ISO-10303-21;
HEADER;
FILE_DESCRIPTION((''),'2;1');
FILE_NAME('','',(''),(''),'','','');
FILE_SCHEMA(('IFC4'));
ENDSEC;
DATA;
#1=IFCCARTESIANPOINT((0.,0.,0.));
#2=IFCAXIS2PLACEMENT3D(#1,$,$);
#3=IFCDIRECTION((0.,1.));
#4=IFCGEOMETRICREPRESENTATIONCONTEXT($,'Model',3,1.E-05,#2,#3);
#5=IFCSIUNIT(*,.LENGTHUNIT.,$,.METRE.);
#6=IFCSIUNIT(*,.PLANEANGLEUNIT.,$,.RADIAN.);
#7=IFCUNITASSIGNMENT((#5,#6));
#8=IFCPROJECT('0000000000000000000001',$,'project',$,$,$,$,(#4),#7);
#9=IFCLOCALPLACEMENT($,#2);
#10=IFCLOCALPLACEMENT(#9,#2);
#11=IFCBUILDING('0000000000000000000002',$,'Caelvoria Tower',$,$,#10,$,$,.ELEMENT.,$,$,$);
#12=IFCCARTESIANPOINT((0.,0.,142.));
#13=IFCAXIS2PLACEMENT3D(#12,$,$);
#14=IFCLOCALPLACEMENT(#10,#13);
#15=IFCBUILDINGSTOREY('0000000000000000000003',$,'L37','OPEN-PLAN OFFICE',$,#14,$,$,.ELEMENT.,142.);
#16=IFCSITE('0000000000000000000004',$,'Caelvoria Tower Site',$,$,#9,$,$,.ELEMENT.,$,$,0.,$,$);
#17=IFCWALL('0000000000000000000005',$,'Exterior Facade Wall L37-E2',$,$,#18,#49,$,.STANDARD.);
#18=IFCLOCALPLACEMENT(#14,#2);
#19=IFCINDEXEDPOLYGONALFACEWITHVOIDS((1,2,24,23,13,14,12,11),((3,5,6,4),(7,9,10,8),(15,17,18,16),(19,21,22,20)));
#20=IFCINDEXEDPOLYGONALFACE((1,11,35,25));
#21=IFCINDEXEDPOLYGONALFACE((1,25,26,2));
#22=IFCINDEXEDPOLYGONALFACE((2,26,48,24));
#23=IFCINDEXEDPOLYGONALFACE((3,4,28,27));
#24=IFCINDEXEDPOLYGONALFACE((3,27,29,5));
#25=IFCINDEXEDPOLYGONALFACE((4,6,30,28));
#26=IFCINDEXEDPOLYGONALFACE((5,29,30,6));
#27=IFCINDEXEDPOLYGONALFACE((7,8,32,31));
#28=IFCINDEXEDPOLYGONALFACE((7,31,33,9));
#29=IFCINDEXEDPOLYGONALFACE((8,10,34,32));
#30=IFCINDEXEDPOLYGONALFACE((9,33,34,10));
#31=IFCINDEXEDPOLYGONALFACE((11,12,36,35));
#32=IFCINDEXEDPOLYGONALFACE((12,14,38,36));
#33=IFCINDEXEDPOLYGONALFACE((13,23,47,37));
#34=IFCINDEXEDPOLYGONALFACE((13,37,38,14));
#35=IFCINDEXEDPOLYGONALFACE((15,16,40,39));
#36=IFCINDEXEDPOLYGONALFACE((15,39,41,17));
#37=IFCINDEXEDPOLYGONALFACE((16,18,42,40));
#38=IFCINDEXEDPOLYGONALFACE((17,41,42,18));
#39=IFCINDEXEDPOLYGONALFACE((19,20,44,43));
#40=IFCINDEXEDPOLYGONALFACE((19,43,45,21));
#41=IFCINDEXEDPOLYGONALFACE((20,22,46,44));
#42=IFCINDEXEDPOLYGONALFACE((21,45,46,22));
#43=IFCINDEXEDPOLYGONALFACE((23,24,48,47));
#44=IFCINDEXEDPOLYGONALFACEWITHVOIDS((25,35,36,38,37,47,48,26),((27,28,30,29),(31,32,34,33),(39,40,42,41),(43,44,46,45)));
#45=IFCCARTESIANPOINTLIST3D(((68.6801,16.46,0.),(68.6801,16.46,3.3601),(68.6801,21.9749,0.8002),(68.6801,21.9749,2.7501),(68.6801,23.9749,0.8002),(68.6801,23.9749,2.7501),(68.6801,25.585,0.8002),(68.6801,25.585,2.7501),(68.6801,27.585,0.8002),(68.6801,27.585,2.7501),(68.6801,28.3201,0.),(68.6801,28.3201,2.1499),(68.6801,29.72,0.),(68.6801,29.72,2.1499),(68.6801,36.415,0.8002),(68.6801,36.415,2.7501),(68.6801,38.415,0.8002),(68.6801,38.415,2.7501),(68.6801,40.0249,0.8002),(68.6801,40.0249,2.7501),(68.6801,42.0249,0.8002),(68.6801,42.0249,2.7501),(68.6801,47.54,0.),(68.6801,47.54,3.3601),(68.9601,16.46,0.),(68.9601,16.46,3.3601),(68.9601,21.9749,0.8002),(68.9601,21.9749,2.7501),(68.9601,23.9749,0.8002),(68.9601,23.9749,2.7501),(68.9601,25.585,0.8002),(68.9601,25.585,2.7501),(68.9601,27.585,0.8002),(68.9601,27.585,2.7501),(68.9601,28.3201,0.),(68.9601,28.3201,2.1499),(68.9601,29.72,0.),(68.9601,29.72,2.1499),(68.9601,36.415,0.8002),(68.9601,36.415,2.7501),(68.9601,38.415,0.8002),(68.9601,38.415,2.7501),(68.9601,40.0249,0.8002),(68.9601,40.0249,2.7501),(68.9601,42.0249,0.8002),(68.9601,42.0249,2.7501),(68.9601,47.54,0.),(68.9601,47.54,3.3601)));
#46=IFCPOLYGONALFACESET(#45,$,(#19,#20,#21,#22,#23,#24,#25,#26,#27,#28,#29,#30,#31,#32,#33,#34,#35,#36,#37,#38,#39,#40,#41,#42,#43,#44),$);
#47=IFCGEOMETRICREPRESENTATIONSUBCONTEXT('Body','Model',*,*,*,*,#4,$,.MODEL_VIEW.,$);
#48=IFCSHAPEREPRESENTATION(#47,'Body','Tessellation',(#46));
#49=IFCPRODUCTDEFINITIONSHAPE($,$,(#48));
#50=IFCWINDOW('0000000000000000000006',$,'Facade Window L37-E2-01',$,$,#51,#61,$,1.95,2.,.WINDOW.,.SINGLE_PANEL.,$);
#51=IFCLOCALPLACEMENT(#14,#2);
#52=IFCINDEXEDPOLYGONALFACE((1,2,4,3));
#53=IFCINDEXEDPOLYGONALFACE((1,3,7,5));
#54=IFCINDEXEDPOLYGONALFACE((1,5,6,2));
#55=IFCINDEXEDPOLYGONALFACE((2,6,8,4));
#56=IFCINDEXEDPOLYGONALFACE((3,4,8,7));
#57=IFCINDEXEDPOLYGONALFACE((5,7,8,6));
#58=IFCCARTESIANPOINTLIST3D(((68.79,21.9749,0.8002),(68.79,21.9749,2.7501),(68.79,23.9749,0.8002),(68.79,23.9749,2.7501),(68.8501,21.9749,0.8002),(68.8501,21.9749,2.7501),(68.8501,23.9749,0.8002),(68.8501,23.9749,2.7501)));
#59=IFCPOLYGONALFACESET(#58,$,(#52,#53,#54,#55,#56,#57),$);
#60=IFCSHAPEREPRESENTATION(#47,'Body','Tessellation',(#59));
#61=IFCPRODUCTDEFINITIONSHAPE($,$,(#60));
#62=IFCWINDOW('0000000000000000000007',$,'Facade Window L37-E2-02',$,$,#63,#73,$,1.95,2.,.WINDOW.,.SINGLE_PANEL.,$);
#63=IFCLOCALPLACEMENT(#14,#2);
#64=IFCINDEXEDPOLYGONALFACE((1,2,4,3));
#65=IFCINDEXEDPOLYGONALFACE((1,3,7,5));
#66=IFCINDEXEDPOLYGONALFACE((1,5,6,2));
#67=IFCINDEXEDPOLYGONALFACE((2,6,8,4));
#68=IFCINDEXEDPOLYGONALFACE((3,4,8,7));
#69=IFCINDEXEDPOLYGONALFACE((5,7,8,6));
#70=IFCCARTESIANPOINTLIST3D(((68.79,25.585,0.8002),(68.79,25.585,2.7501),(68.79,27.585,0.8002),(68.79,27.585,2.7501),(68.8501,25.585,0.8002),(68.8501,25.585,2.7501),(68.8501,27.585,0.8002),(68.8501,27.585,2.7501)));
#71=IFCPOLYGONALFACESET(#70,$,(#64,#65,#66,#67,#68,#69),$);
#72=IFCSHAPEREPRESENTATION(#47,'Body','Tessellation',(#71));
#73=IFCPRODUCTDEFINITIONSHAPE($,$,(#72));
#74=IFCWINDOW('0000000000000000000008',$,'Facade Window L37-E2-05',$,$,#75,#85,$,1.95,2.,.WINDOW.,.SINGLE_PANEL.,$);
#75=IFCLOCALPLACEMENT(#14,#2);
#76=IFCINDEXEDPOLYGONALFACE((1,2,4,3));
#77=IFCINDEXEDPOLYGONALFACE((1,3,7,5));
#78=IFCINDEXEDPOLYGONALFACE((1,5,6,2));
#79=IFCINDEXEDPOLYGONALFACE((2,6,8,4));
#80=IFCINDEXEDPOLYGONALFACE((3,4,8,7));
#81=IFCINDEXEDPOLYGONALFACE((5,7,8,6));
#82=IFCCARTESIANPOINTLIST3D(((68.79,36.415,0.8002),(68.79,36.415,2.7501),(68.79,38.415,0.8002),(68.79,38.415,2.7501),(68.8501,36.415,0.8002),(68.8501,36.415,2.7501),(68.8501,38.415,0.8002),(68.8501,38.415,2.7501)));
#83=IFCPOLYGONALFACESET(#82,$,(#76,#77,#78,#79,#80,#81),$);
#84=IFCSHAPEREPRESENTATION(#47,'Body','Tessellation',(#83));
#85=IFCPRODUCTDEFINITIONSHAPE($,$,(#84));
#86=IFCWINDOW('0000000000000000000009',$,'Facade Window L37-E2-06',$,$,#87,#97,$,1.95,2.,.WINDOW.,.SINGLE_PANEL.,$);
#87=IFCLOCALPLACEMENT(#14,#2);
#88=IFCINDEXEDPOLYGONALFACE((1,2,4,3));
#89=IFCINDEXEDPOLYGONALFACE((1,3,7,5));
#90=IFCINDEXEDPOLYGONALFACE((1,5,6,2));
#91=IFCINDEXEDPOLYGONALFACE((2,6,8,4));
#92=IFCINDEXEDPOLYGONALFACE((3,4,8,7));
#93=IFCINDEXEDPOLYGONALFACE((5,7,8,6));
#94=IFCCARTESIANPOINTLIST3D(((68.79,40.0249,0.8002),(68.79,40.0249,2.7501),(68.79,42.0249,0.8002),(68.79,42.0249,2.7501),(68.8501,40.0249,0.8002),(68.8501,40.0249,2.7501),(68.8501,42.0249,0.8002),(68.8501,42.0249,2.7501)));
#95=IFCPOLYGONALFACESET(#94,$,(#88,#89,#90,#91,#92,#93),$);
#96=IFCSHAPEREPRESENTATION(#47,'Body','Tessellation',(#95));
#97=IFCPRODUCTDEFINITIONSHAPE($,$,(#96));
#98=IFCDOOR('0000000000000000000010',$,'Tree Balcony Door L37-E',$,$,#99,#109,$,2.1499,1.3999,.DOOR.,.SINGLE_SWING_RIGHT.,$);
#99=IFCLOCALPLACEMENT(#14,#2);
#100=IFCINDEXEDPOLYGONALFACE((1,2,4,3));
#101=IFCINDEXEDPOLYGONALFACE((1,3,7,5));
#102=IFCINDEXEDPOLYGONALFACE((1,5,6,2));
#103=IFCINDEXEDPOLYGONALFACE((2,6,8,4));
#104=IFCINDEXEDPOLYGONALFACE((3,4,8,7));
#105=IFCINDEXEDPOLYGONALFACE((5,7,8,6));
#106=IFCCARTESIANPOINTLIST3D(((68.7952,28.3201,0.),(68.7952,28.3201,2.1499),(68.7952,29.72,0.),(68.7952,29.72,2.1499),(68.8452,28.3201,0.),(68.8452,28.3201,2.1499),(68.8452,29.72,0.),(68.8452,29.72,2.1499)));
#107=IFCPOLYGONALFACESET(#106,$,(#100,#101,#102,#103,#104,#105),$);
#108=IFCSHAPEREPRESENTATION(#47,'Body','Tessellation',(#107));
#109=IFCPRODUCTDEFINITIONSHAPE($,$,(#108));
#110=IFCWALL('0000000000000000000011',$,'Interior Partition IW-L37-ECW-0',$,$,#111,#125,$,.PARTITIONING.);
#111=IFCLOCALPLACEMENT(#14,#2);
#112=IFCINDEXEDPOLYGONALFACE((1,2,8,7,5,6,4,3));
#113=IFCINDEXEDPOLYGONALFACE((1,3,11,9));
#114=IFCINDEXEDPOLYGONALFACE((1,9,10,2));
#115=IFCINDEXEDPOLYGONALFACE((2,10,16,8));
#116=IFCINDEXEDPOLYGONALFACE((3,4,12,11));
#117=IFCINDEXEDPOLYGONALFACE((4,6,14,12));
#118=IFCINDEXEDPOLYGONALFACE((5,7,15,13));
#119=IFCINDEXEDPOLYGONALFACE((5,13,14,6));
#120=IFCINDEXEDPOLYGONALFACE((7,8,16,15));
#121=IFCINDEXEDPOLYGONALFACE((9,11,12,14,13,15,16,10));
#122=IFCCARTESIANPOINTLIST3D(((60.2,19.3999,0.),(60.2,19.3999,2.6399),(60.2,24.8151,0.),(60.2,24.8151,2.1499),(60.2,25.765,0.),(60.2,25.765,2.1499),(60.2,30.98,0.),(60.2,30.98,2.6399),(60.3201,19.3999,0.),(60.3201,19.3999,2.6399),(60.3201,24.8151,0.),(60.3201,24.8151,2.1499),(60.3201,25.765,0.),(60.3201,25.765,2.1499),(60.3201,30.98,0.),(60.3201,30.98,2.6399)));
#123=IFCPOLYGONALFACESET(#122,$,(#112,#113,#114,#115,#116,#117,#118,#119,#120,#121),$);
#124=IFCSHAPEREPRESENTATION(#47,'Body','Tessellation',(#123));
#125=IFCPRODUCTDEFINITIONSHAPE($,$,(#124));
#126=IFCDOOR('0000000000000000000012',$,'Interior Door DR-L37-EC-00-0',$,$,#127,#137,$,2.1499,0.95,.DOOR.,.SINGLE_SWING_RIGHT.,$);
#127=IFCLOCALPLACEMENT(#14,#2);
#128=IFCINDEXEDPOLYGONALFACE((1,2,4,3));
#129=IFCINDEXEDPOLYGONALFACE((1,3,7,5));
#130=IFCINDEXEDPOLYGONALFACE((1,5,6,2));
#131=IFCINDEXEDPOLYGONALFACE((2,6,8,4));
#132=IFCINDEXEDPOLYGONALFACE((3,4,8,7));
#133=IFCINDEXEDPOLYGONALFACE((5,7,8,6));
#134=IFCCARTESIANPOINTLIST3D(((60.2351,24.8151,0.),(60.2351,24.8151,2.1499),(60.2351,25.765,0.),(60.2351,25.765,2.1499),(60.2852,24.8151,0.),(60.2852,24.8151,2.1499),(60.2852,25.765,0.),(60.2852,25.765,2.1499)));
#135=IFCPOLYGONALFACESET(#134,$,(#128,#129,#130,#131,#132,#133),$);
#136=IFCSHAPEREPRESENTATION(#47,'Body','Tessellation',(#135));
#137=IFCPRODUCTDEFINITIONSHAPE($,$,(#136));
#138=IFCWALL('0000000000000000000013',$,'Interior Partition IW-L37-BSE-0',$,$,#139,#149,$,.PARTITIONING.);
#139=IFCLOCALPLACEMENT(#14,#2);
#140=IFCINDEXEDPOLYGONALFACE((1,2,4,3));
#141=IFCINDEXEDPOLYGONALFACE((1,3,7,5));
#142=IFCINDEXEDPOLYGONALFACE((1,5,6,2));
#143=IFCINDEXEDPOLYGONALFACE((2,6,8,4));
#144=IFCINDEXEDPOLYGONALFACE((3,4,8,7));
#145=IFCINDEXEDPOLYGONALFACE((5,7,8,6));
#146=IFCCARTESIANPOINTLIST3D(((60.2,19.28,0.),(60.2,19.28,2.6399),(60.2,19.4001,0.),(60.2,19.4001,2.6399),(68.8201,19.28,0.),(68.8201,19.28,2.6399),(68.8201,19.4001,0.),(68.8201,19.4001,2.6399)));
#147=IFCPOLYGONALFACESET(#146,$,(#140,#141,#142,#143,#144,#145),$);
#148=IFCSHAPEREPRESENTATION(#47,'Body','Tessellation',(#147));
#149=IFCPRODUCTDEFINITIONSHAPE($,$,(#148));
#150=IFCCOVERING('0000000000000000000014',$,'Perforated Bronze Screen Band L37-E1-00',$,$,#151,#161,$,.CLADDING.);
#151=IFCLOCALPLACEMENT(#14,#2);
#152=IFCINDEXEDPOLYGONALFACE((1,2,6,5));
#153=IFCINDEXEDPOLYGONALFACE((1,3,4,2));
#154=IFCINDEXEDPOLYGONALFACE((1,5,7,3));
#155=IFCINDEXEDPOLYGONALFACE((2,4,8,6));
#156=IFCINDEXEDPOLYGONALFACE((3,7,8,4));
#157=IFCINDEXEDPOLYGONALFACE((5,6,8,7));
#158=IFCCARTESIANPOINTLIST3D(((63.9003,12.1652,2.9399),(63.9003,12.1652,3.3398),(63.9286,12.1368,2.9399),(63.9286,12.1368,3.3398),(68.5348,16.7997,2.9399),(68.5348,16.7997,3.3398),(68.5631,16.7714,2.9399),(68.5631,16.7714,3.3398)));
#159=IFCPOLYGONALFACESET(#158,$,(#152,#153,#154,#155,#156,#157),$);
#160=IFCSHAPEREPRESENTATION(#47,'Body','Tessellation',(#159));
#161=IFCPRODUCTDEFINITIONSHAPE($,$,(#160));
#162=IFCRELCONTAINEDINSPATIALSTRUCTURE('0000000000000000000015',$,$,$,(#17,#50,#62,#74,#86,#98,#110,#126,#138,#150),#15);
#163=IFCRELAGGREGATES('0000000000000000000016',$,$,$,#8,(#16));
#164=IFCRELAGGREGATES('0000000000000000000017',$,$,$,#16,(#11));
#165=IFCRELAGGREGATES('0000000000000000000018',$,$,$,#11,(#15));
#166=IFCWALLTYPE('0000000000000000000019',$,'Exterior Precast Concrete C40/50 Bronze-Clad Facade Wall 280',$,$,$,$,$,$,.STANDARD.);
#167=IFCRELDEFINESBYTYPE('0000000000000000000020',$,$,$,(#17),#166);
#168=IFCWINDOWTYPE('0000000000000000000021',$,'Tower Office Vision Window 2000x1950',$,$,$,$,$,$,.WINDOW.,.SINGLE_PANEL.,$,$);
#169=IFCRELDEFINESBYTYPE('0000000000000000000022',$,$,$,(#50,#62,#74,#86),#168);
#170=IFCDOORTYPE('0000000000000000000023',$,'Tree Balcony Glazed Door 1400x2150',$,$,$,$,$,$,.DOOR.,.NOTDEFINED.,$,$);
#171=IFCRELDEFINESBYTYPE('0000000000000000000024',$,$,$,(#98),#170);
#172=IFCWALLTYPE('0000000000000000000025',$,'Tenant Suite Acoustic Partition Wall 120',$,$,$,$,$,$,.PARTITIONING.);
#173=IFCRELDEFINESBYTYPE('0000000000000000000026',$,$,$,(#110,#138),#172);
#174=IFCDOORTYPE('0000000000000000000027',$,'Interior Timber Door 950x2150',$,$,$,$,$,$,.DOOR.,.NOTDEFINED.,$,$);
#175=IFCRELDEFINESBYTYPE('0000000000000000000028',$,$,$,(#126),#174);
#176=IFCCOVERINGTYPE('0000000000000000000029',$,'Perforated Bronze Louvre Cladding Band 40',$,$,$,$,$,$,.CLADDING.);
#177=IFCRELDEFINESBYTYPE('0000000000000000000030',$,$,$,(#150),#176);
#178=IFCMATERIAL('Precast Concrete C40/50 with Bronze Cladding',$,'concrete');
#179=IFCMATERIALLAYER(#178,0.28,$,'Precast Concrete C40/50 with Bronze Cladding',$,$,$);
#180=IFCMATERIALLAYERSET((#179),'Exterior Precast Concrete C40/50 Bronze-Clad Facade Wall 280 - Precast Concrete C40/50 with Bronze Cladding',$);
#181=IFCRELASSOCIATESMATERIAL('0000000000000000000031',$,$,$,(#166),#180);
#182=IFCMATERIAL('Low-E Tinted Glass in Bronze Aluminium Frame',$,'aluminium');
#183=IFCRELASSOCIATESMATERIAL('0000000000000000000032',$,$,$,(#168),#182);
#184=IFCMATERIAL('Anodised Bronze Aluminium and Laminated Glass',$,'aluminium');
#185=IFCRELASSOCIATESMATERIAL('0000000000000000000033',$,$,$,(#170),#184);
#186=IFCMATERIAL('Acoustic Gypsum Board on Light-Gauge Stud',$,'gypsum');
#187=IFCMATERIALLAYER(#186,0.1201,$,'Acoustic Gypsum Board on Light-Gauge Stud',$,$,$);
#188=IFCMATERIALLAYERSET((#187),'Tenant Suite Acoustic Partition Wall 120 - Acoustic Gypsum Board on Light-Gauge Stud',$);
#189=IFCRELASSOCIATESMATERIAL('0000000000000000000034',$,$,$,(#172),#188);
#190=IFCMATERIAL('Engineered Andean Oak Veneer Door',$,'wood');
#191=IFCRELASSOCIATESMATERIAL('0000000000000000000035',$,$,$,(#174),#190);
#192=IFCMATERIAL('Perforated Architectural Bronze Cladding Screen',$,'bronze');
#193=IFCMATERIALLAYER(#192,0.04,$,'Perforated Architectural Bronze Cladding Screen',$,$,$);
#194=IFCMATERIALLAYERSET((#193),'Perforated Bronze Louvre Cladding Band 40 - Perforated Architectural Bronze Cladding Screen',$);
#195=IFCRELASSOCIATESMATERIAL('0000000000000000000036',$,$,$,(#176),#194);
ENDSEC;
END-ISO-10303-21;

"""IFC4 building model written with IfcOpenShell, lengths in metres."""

from ifc_helpers import new_model, si_unit, direction, frame, frame_2d, origin, origin_2d, place, context, subcontext, project, spatial, rectangle, extrude, material, layer, layer_set, type_object, element, fill, save


model = new_model("IFC4")

# Units and contexts
model_context = context("Model", 3, precision=1e-05, world=origin(), true_north=direction((0.0, 1.0)))
body_context = subcontext(model_context, "Body", "Model", "MODEL_VIEW")
ifc_project = project(units=[si_unit("LENGTHUNIT", "METRE"), si_unit("PLANEANGLEUNIT", "RADIAN")], contexts=[model_context])

# Site, building, storey
site_placement = place(None, origin())
site = spatial("IfcSite", under=ifc_project, at=site_placement, Name="Caelvoria Tower Site", CompositionType="ELEMENT", RefElevation=0.0)
building_placement = place(site_placement, origin())
building = spatial("IfcBuilding", under=site, at=building_placement, Name="Caelvoria Tower", CompositionType="ELEMENT")
storey_placement = place(building_placement, frame((0.0, 0.0, 142.0)))
storey = spatial("IfcBuildingStorey", under=building, at=storey_placement, Name="L37", Description="OPEN-PLAN OFFICE", CompositionType="ELEMENT", Elevation=142.0)

# Shared definitions
ifc_material_1 = material(Name="Precast Concrete C40/50 with Bronze Cladding", Category="concrete")
ifc_layer_1 = layer(ifc_material_1, 0.28, Name="Precast Concrete C40/50 with Bronze Cladding")
ifc_layer_set_1 = layer_set([ifc_layer_1], Name="Exterior Precast Concrete C40/50 Bronze-Clad Facade Wall 280 - Precast Concrete C40/50 with Bronze Cladding")
wall_type_1 = type_object("IfcWallType", Name="Exterior Precast Concrete C40/50 Bronze-Clad Facade Wall 280", PredefinedType="STANDARD", material=ifc_layer_set_1)

# Wall, openings, windows, door
wall_1_placement = place(storey_placement, frame((68.8201, 16.46, 0.0), z_axis=(0.0, 0.0, 1.0), x_axis=(0.0, 1.0, 0.0)))
wall_1 = element("IfcWall", 1, at=wall_1_placement, inside=storey, type_object=wall_type_1, Name="Exterior Facade Wall L37-E2", PredefinedType="STANDARD", context=body_context, shape_type="SweptSolid", body=[
    extrude(rectangle(XDim=31.0801, YDim=0.28, at=frame_2d((15.54, 0.0))), origin(), (0.0, 0.0, 1.0), 3.3601),
])
opening_1_placement = place(wall_1_placement, frame((11.8601, 0.0, 0.0)))
opening_1 = element("IfcOpeningElement", 2, at=opening_1_placement, cuts=wall_1, PredefinedType="OPENING", context=body_context, shape_type="SweptSolid", body=[
    extrude(rectangle(XDim=1.3999, YDim=2.1499, at=frame_2d((0.7, 1.075))), frame((0.0, 0.1499, 0.0), z_axis=(0.0, -1.0, 0.0), x_axis=(1.0, 0.0, 0.0)), (0.0, 0.0, 1.0), 0.3),
])
opening_2_placement = place(wall_1_placement, frame((5.5149, 0.0, 0.8)))
opening_2 = element("IfcOpeningElement", 3, at=opening_2_placement, cuts=wall_1, PredefinedType="OPENING", context=body_context, shape_type="SweptSolid", body=[
    extrude(rectangle(XDim=2.0, YDim=1.95, at=frame_2d((1.0, 0.9751))), frame((0.0, 0.1499, 0.0), z_axis=(0.0, -1.0, 0.0), x_axis=(1.0, 0.0, 0.0)), (0.0, 0.0, 1.0), 0.3),
])
opening_3_placement = place(wall_1_placement, frame((9.125, 0.0, 0.8)))
opening_3 = element("IfcOpeningElement", 4, at=opening_3_placement, cuts=wall_1, PredefinedType="OPENING", context=body_context, shape_type="SweptSolid", body=[
    extrude(rectangle(XDim=2.0, YDim=1.95, at=frame_2d((1.0, 0.9751))), frame((0.0, 0.1499, 0.0), z_axis=(0.0, -1.0, 0.0), x_axis=(1.0, 0.0, 0.0)), (0.0, 0.0, 1.0), 0.3),
])
opening_4_placement = place(wall_1_placement, frame((19.9551, 0.0, 0.8)))
opening_4 = element("IfcOpeningElement", 5, at=opening_4_placement, cuts=wall_1, PredefinedType="OPENING", context=body_context, shape_type="SweptSolid", body=[
    extrude(rectangle(XDim=2.0, YDim=1.95, at=frame_2d((1.0, 0.9751))), frame((0.0, 0.1499, 0.0), z_axis=(0.0, -1.0, 0.0), x_axis=(1.0, 0.0, 0.0)), (0.0, 0.0, 1.0), 0.3),
])
opening_5_placement = place(wall_1_placement, frame((23.5649, 0.0, 0.8)))
opening_5 = element("IfcOpeningElement", 6, at=opening_5_placement, cuts=wall_1, PredefinedType="OPENING", context=body_context, shape_type="SweptSolid", body=[
    extrude(rectangle(XDim=2.0, YDim=1.95, at=frame_2d((1.0, 0.9751))), frame((0.0, 0.1499, 0.0), z_axis=(0.0, -1.0, 0.0), x_axis=(1.0, 0.0, 0.0)), (0.0, 0.0, 1.0), 0.3),
])
ifc_material_2 = material(Name="Low-E Tinted Glass in Bronze Aluminium Frame", Category="aluminium")
window_type = type_object("IfcWindowType", Name="Tower Office Vision Window 2000x1950", PartitioningType="SINGLE_PANEL", PredefinedType="WINDOW", material=ifc_material_2)
window_1_placement = place(opening_2_placement, origin())
window_1 = element("IfcWindow", 7, at=window_1_placement, inside=storey, type_object=window_type, Name="Facade Window L37-E2-01", OverallHeight=1.95, OverallWidth=2.0, PartitioningType="SINGLE_PANEL", PredefinedType="WINDOW", context=body_context, shape_type="SweptSolid", body=[
    extrude(rectangle(XDim=2.0, YDim=1.95, at=frame_2d((1.0, 0.9751))), frame((0.0, 0.03, 0.0), z_axis=(0.0, -1.0, 0.0), x_axis=(1.0, 0.0, 0.0)), (0.0, 0.0, 1.0), 0.0601),
])
fill(opening_2, window_1)
window_2_placement = place(opening_3_placement, origin())
window_2 = element("IfcWindow", 8, at=window_2_placement, inside=storey, type_object=window_type, Name="Facade Window L37-E2-02", OverallHeight=1.95, OverallWidth=2.0, PartitioningType="SINGLE_PANEL", PredefinedType="WINDOW", context=body_context, shape_type="SweptSolid", body=[
    extrude(rectangle(XDim=2.0, YDim=1.95, at=frame_2d((1.0, 0.9751))), frame((0.0, 0.03, 0.0), z_axis=(0.0, -1.0, 0.0), x_axis=(1.0, 0.0, 0.0)), (0.0, 0.0, 1.0), 0.0601),
])
fill(opening_3, window_2)
window_3_placement = place(opening_4_placement, origin())
window_3 = element("IfcWindow", 9, at=window_3_placement, inside=storey, type_object=window_type, Name="Facade Window L37-E2-05", OverallHeight=1.95, OverallWidth=2.0, PartitioningType="SINGLE_PANEL", PredefinedType="WINDOW", context=body_context, shape_type="SweptSolid", body=[
    extrude(rectangle(XDim=2.0, YDim=1.95, at=frame_2d((1.0, 0.9751))), frame((0.0, 0.03, 0.0), z_axis=(0.0, -1.0, 0.0), x_axis=(1.0, 0.0, 0.0)), (0.0, 0.0, 1.0), 0.0601),
])
fill(opening_4, window_3)
window_4_placement = place(opening_5_placement, origin())
window_4 = element("IfcWindow", 10, at=window_4_placement, inside=storey, type_object=window_type, Name="Facade Window L37-E2-06", OverallHeight=1.95, OverallWidth=2.0, PartitioningType="SINGLE_PANEL", PredefinedType="WINDOW", context=body_context, shape_type="SweptSolid", body=[
    extrude(rectangle(XDim=2.0, YDim=1.95, at=frame_2d((1.0, 0.9751))), frame((0.0, 0.03, 0.0), z_axis=(0.0, -1.0, 0.0), x_axis=(1.0, 0.0, 0.0)), (0.0, 0.0, 1.0), 0.0601),
])
fill(opening_5, window_4)
ifc_material_3 = material(Name="Anodised Bronze Aluminium and Laminated Glass", Category="aluminium")
door_type_1 = type_object("IfcDoorType", Name="Tree Balcony Glazed Door 1400x2150", OperationType="NOTDEFINED", PredefinedType="DOOR", material=ifc_material_3)
door_1_placement = place(opening_1_placement, origin())
door_1 = element("IfcDoor", 11, at=door_1_placement, inside=storey, type_object=door_type_1, Name="Tree Balcony Door L37-E", OperationType="SINGLE_SWING_RIGHT", OverallHeight=2.1499, OverallWidth=1.3999, PredefinedType="DOOR", context=body_context, shape_type="SweptSolid", body=[
    extrude(rectangle(XDim=1.3999, YDim=2.1499, at=frame_2d((0.7, 1.075))), frame((0.0, 0.0249, 0.0), z_axis=(0.0, -1.0, 0.0), x_axis=(1.0, 0.0, 0.0)), (0.0, 0.0, 1.0), 0.05),
])
fill(opening_1, door_1)

# Wall, opening, door
ifc_material_4 = material(Name="Acoustic Gypsum Board on Light-Gauge Stud", Category="gypsum")
ifc_layer_2 = layer(ifc_material_4, 0.1201, Name="Acoustic Gypsum Board on Light-Gauge Stud")
ifc_layer_set_2 = layer_set([ifc_layer_2], Name="Tenant Suite Acoustic Partition Wall 120 - Acoustic Gypsum Board on Light-Gauge Stud")
wall_type_2 = type_object("IfcWallType", Name="Tenant Suite Acoustic Partition Wall 120", PredefinedType="PARTITIONING", material=ifc_layer_set_2)
wall_2_placement = place(storey_placement, frame((60.26, 19.3999, 0.0), z_axis=(0.0, 0.0, 1.0), x_axis=(0.0, 1.0, 0.0)))
wall_2 = element("IfcWall", 12, at=wall_2_placement, inside=storey, type_object=wall_type_2, Name="Interior Partition IW-L37-ECW-0", PredefinedType="PARTITIONING", context=body_context, shape_type="SweptSolid", body=[
    extrude(rectangle(XDim=11.5801, YDim=0.1201, at=frame_2d((5.79, 0.0))), origin(), (0.0, 0.0, 1.0), 2.6399),
])
opening_6_placement = place(wall_2_placement, frame((5.415, 0.0, 0.0)))
opening_6 = element("IfcOpeningElement", 13, at=opening_6_placement, cuts=wall_2, PredefinedType="OPENING", context=body_context, shape_type="SweptSolid", body=[
    extrude(rectangle(XDim=0.95, YDim=2.1499, at=frame_2d((0.4751, 1.075))), frame((0.0, 0.0701, 0.0), z_axis=(0.0, -1.0, 0.0), x_axis=(1.0, 0.0, 0.0)), (0.0, 0.0, 1.0), 0.1401),
])
ifc_material_5 = material(Name="Engineered Andean Oak Veneer Door", Category="wood")
door_type_2 = type_object("IfcDoorType", Name="Interior Timber Door 950x2150", OperationType="NOTDEFINED", PredefinedType="DOOR", material=ifc_material_5)
door_2_placement = place(opening_6_placement, origin())
door_2 = element("IfcDoor", 14, at=door_2_placement, inside=storey, type_object=door_type_2, Name="Interior Door DR-L37-EC-00-0", OperationType="SINGLE_SWING_RIGHT", OverallHeight=2.1499, OverallWidth=0.95, PredefinedType="DOOR", context=body_context, shape_type="SweptSolid", body=[
    extrude(rectangle(XDim=0.95, YDim=2.1499, at=frame_2d((0.4751, 1.075))), frame((0.0, 0.0249, 0.0), z_axis=(0.0, -1.0, 0.0), x_axis=(1.0, 0.0, 0.0)), (0.0, 0.0, 1.0), 0.05),
])
fill(opening_6, door_2)

# Wall
wall_3_placement = place(storey_placement, frame((60.2, 19.3401, 0.0), z_axis=(0.0, 0.0, 1.0), x_axis=(1.0, 0.0, 0.0)))
element("IfcWall", 15, at=wall_3_placement, inside=storey, type_object=wall_type_2, Name="Interior Partition IW-L37-BSE-0", PredefinedType="PARTITIONING", context=body_context, shape_type="SweptSolid", body=[
    extrude(rectangle(XDim=8.6201, YDim=0.1201, at=frame_2d((4.3101, 0.0))), origin(), (0.0, 0.0, 1.0), 2.6399),
])

# Covering
ifc_material_6 = material(Name="Perforated Architectural Bronze Cladding Screen", Category="bronze")
ifc_layer_3 = layer(ifc_material_6, 0.04, Name="Perforated Architectural Bronze Cladding Screen")
ifc_layer_set_3 = layer_set([ifc_layer_3], Name="Perforated Bronze Louvre Cladding Band 40 - Perforated Architectural Bronze Cladding Screen")
covering_type = type_object("IfcCoveringType", Name="Perforated Bronze Louvre Cladding Band 40", PredefinedType="CLADDING", material=ifc_layer_set_3)
covering_1_placement = place(storey_placement, frame((66.2317, 14.4683, 2.9399), z_axis=(0.0, 0.0, 1.0), x_axis=(0.707107, 0.707107, 0.0)))
element("IfcCovering", 16, at=covering_1_placement, inside=storey, type_object=covering_type, Name="Perforated Bronze Screen Band L37-E1-00", PredefinedType="CLADDING", context=body_context, shape_type="SweptSolid", body=[
    extrude(rectangle(XDim=6.5542, YDim=0.04, at=origin_2d()), origin(), (0.0, 0.0, 1.0), 0.3999),
])

save(model, "model.ifc")
